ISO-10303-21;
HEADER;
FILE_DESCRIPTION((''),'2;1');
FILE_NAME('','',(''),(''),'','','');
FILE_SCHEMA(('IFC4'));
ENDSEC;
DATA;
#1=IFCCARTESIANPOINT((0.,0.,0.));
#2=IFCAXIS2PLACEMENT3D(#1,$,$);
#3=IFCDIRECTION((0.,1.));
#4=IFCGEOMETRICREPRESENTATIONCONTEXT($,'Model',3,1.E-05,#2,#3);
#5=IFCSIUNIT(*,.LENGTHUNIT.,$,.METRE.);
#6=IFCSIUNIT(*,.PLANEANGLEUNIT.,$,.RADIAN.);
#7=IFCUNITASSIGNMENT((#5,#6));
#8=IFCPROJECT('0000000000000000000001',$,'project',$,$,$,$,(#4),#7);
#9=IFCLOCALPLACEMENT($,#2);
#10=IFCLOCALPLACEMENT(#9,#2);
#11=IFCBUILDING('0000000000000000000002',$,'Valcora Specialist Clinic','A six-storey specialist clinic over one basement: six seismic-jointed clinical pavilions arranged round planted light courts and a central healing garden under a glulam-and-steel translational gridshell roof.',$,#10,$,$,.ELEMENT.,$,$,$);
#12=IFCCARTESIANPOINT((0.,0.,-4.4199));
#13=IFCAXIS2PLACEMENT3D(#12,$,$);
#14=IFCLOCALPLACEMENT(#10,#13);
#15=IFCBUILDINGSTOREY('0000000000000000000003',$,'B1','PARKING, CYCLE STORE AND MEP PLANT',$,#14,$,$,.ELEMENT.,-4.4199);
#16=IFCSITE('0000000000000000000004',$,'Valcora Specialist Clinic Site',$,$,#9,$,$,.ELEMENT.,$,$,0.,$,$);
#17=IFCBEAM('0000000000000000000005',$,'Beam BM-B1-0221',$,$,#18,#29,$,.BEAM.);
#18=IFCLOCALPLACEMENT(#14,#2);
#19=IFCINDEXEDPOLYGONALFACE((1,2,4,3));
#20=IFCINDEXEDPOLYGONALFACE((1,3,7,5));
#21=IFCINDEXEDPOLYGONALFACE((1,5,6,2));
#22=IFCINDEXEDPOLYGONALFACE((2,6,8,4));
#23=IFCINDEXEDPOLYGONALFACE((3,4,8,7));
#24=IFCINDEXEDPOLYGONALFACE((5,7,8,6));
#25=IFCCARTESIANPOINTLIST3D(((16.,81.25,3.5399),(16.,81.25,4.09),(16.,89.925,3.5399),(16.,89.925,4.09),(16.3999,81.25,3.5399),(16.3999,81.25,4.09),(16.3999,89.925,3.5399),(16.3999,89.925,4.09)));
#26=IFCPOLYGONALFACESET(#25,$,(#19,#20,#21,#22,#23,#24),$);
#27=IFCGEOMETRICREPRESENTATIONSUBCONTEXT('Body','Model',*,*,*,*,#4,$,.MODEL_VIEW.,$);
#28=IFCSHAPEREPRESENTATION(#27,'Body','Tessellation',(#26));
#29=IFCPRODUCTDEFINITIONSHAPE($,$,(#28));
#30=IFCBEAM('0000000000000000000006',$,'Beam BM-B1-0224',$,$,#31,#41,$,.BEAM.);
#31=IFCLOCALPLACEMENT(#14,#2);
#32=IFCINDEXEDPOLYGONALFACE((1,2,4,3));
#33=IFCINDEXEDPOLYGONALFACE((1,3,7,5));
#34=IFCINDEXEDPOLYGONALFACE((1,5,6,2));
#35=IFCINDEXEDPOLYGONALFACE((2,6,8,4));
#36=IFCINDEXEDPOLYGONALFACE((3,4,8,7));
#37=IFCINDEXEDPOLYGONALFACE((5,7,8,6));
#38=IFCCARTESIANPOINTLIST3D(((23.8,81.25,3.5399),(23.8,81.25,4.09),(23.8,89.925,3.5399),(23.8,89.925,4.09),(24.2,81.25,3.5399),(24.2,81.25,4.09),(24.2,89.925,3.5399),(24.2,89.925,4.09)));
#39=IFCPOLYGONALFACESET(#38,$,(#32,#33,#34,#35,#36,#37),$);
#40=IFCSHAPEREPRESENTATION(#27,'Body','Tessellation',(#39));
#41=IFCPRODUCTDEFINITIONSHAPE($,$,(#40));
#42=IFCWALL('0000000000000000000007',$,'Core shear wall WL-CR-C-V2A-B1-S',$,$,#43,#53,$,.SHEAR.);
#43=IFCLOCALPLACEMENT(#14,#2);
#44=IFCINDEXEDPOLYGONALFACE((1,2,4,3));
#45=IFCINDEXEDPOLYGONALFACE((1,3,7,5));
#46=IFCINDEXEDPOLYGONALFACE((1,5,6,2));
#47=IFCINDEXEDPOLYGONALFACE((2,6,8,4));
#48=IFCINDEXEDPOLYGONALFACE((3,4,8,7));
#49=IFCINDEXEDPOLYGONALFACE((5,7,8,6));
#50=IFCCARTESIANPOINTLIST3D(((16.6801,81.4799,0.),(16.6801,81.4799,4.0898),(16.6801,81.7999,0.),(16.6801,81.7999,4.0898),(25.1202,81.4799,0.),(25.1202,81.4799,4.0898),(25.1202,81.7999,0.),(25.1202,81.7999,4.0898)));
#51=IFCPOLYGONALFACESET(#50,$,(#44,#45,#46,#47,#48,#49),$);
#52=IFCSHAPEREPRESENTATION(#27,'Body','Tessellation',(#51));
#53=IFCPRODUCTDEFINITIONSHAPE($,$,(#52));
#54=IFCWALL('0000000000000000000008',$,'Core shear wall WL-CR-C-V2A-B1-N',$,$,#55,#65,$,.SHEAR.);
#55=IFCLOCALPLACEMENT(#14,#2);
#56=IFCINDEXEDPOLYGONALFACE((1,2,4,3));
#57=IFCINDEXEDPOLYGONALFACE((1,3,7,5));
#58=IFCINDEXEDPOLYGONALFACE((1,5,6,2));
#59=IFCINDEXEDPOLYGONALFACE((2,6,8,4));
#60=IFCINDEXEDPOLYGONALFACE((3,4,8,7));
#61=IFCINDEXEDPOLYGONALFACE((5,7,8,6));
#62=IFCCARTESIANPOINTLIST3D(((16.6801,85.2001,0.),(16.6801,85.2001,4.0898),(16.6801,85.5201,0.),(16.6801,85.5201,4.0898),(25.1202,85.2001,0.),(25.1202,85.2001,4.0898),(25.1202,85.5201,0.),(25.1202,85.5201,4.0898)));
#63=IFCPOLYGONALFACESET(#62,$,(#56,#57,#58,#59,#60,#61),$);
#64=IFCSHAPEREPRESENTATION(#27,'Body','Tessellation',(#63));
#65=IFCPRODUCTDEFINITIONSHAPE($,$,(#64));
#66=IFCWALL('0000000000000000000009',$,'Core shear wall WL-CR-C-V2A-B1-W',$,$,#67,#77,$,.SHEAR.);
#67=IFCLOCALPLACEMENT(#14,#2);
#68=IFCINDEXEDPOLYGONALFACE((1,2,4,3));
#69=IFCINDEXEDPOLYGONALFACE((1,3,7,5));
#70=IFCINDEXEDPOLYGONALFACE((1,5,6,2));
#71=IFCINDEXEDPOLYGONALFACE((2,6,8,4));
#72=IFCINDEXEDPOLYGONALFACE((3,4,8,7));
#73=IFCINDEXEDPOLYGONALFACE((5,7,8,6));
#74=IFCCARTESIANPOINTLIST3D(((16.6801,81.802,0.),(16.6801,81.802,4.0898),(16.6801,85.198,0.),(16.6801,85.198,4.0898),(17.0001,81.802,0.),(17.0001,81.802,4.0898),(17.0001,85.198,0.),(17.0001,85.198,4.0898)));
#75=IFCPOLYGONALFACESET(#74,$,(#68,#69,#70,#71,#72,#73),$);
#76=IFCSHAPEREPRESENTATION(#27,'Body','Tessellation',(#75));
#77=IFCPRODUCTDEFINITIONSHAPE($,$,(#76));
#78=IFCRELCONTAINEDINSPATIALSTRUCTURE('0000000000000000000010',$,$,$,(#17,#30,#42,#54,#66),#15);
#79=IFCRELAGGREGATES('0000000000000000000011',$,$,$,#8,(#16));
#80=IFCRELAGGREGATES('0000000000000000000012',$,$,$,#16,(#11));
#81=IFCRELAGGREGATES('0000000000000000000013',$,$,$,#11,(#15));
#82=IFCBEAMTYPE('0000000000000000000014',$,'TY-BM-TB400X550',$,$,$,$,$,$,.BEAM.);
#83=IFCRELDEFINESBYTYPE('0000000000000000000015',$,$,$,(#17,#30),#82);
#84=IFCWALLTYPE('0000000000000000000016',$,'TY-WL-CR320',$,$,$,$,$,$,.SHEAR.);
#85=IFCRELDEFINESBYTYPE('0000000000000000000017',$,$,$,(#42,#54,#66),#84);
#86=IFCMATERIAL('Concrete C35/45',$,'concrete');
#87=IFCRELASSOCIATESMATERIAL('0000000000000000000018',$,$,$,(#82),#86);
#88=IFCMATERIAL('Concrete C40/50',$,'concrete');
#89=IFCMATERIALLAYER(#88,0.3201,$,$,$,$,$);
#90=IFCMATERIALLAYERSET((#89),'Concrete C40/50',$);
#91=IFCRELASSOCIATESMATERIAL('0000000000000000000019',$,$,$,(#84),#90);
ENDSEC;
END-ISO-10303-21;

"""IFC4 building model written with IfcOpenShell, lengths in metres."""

from ifc_helpers import new_model, si_unit, direction, frame, frame_2d, origin, origin_2d, place, context, subcontext, project, spatial, rectangle, extrude, material, layer, layer_set, material_profile, profile_set, type_object, element, save


model = new_model("IFC4")

# Units and contexts
model_context = context("Model", 3, precision=1e-05, world=origin(), true_north=direction((0.0, 1.0)))
body_context = subcontext(model_context, "Body", "Model", "MODEL_VIEW")
ifc_project = project(units=[si_unit("LENGTHUNIT", "METRE"), si_unit("PLANEANGLEUNIT", "RADIAN")], contexts=[model_context])

# Site, building, storey
site_placement = place(None, origin())
site = spatial("IfcSite", under=ifc_project, at=site_placement, Name="Valcora Specialist Clinic Site", CompositionType="ELEMENT", RefElevation=0.0)
building_placement = place(site_placement, origin())
building = spatial("IfcBuilding", under=site, at=building_placement, Name="Valcora Specialist Clinic", Description="A six-storey specialist clinic over one basement: six seismic-jointed clinical pavilions arranged round planted light courts and a central healing garden under a glulam-and-steel translational gridshell roof.", CompositionType="ELEMENT")
storey_placement = place(building_placement, frame((0.0, 0.0, -4.4199)))
storey = spatial("IfcBuildingStorey", under=building, at=storey_placement, Name="B1", Description="PARKING, CYCLE STORE AND MEP PLANT", CompositionType="ELEMENT", Elevation=-4.4199)

# Shared definitions
ifc_material_1 = material(Name="Concrete C35/45", Category="concrete")

# Shared definitions
ifc_material_2 = material(Name="Concrete C40/50", Category="concrete")

# Beams
ifc_material_profile_1 = material_profile(ifc_material_1, rectangle(XDim=0.3999, YDim=0.55, at=origin_2d()), Name="RC-TB-400X550")
ifc_profile_set_1 = profile_set([ifc_material_profile_1], Name="Concrete C35/45")
beam_type = type_object("IfcBeamType", Name="TY-BM-TB400X550", PredefinedType="BEAM", material=ifc_profile_set_1)
for number, where, z_axis, x_axis, name in (
    (1, (16.2, 81.25, 3.8149), (0.0, 1.0, 0.0), (-1.0, 0.0, 0.0), "Beam BM-B1-0221"),
    (2, (24.0, 81.25, 3.8149), (0.0, 1.0, 0.0), (-1.0, 0.0, 0.0), "Beam BM-B1-0224"),
):
    element("IfcBeam", number, at=place(storey_placement, frame(where, z_axis=z_axis, x_axis=x_axis)), inside=storey, type_object=beam_type, Name=name, PredefinedType="BEAM", context=body_context, shape_type="SweptSolid", body=[
        extrude(rectangle(XDim=0.3999, YDim=0.55, at=origin_2d()), origin(), (0.0, 0.0, 1.0), 8.675),
    ])

# Walls
ifc_layer = layer(ifc_material_2, 0.3201)
ifc_layer_set = layer_set([ifc_layer], Name="Concrete C40/50")
wall_type = type_object("IfcWallType", Name="TY-WL-CR320", PredefinedType="SHEAR", material=ifc_layer_set)
for number, where, z_axis, x_axis, name in (
    (3, (16.6799, 81.6399, 0.0), (0.0, 0.0, 1.0), (1.0, 0.0, 0.0), "Core shear wall WL-CR-C-V2A-B1-S"),
    (4, (16.6799, 85.3601, 0.0), (0.0, 0.0, 1.0), (1.0, 0.0, 0.0), "Core shear wall WL-CR-C-V2A-B1-N"),
):
    element("IfcWall", number, at=place(storey_placement, frame(where, z_axis=z_axis, x_axis=x_axis)), inside=storey, type_object=wall_type, Name=name, PredefinedType="SHEAR", context=body_context, shape_type="SweptSolid", body=[
        extrude(rectangle(XDim=8.4402, YDim=0.3201, at=frame_2d((4.2202, 0.0))), origin(), (0.0, 0.0, 1.0), 4.0898),
    ])
wall_placement = place(storey_placement, frame((16.8401, 81.802, 0.0), z_axis=(0.0, 0.0, 1.0), x_axis=(0.0, 1.0, 0.0)))
element("IfcWall", 5, at=wall_placement, inside=storey, type_object=wall_type, Name="Core shear wall WL-CR-C-V2A-B1-W", PredefinedType="SHEAR", context=body_context, shape_type="SweptSolid", body=[
    extrude(rectangle(XDim=3.396, YDim=0.3201, at=frame_2d((1.698, 0.0))), origin(), (0.0, 0.0, 1.0), 4.0898),
])

save(model, "model.ifc")
